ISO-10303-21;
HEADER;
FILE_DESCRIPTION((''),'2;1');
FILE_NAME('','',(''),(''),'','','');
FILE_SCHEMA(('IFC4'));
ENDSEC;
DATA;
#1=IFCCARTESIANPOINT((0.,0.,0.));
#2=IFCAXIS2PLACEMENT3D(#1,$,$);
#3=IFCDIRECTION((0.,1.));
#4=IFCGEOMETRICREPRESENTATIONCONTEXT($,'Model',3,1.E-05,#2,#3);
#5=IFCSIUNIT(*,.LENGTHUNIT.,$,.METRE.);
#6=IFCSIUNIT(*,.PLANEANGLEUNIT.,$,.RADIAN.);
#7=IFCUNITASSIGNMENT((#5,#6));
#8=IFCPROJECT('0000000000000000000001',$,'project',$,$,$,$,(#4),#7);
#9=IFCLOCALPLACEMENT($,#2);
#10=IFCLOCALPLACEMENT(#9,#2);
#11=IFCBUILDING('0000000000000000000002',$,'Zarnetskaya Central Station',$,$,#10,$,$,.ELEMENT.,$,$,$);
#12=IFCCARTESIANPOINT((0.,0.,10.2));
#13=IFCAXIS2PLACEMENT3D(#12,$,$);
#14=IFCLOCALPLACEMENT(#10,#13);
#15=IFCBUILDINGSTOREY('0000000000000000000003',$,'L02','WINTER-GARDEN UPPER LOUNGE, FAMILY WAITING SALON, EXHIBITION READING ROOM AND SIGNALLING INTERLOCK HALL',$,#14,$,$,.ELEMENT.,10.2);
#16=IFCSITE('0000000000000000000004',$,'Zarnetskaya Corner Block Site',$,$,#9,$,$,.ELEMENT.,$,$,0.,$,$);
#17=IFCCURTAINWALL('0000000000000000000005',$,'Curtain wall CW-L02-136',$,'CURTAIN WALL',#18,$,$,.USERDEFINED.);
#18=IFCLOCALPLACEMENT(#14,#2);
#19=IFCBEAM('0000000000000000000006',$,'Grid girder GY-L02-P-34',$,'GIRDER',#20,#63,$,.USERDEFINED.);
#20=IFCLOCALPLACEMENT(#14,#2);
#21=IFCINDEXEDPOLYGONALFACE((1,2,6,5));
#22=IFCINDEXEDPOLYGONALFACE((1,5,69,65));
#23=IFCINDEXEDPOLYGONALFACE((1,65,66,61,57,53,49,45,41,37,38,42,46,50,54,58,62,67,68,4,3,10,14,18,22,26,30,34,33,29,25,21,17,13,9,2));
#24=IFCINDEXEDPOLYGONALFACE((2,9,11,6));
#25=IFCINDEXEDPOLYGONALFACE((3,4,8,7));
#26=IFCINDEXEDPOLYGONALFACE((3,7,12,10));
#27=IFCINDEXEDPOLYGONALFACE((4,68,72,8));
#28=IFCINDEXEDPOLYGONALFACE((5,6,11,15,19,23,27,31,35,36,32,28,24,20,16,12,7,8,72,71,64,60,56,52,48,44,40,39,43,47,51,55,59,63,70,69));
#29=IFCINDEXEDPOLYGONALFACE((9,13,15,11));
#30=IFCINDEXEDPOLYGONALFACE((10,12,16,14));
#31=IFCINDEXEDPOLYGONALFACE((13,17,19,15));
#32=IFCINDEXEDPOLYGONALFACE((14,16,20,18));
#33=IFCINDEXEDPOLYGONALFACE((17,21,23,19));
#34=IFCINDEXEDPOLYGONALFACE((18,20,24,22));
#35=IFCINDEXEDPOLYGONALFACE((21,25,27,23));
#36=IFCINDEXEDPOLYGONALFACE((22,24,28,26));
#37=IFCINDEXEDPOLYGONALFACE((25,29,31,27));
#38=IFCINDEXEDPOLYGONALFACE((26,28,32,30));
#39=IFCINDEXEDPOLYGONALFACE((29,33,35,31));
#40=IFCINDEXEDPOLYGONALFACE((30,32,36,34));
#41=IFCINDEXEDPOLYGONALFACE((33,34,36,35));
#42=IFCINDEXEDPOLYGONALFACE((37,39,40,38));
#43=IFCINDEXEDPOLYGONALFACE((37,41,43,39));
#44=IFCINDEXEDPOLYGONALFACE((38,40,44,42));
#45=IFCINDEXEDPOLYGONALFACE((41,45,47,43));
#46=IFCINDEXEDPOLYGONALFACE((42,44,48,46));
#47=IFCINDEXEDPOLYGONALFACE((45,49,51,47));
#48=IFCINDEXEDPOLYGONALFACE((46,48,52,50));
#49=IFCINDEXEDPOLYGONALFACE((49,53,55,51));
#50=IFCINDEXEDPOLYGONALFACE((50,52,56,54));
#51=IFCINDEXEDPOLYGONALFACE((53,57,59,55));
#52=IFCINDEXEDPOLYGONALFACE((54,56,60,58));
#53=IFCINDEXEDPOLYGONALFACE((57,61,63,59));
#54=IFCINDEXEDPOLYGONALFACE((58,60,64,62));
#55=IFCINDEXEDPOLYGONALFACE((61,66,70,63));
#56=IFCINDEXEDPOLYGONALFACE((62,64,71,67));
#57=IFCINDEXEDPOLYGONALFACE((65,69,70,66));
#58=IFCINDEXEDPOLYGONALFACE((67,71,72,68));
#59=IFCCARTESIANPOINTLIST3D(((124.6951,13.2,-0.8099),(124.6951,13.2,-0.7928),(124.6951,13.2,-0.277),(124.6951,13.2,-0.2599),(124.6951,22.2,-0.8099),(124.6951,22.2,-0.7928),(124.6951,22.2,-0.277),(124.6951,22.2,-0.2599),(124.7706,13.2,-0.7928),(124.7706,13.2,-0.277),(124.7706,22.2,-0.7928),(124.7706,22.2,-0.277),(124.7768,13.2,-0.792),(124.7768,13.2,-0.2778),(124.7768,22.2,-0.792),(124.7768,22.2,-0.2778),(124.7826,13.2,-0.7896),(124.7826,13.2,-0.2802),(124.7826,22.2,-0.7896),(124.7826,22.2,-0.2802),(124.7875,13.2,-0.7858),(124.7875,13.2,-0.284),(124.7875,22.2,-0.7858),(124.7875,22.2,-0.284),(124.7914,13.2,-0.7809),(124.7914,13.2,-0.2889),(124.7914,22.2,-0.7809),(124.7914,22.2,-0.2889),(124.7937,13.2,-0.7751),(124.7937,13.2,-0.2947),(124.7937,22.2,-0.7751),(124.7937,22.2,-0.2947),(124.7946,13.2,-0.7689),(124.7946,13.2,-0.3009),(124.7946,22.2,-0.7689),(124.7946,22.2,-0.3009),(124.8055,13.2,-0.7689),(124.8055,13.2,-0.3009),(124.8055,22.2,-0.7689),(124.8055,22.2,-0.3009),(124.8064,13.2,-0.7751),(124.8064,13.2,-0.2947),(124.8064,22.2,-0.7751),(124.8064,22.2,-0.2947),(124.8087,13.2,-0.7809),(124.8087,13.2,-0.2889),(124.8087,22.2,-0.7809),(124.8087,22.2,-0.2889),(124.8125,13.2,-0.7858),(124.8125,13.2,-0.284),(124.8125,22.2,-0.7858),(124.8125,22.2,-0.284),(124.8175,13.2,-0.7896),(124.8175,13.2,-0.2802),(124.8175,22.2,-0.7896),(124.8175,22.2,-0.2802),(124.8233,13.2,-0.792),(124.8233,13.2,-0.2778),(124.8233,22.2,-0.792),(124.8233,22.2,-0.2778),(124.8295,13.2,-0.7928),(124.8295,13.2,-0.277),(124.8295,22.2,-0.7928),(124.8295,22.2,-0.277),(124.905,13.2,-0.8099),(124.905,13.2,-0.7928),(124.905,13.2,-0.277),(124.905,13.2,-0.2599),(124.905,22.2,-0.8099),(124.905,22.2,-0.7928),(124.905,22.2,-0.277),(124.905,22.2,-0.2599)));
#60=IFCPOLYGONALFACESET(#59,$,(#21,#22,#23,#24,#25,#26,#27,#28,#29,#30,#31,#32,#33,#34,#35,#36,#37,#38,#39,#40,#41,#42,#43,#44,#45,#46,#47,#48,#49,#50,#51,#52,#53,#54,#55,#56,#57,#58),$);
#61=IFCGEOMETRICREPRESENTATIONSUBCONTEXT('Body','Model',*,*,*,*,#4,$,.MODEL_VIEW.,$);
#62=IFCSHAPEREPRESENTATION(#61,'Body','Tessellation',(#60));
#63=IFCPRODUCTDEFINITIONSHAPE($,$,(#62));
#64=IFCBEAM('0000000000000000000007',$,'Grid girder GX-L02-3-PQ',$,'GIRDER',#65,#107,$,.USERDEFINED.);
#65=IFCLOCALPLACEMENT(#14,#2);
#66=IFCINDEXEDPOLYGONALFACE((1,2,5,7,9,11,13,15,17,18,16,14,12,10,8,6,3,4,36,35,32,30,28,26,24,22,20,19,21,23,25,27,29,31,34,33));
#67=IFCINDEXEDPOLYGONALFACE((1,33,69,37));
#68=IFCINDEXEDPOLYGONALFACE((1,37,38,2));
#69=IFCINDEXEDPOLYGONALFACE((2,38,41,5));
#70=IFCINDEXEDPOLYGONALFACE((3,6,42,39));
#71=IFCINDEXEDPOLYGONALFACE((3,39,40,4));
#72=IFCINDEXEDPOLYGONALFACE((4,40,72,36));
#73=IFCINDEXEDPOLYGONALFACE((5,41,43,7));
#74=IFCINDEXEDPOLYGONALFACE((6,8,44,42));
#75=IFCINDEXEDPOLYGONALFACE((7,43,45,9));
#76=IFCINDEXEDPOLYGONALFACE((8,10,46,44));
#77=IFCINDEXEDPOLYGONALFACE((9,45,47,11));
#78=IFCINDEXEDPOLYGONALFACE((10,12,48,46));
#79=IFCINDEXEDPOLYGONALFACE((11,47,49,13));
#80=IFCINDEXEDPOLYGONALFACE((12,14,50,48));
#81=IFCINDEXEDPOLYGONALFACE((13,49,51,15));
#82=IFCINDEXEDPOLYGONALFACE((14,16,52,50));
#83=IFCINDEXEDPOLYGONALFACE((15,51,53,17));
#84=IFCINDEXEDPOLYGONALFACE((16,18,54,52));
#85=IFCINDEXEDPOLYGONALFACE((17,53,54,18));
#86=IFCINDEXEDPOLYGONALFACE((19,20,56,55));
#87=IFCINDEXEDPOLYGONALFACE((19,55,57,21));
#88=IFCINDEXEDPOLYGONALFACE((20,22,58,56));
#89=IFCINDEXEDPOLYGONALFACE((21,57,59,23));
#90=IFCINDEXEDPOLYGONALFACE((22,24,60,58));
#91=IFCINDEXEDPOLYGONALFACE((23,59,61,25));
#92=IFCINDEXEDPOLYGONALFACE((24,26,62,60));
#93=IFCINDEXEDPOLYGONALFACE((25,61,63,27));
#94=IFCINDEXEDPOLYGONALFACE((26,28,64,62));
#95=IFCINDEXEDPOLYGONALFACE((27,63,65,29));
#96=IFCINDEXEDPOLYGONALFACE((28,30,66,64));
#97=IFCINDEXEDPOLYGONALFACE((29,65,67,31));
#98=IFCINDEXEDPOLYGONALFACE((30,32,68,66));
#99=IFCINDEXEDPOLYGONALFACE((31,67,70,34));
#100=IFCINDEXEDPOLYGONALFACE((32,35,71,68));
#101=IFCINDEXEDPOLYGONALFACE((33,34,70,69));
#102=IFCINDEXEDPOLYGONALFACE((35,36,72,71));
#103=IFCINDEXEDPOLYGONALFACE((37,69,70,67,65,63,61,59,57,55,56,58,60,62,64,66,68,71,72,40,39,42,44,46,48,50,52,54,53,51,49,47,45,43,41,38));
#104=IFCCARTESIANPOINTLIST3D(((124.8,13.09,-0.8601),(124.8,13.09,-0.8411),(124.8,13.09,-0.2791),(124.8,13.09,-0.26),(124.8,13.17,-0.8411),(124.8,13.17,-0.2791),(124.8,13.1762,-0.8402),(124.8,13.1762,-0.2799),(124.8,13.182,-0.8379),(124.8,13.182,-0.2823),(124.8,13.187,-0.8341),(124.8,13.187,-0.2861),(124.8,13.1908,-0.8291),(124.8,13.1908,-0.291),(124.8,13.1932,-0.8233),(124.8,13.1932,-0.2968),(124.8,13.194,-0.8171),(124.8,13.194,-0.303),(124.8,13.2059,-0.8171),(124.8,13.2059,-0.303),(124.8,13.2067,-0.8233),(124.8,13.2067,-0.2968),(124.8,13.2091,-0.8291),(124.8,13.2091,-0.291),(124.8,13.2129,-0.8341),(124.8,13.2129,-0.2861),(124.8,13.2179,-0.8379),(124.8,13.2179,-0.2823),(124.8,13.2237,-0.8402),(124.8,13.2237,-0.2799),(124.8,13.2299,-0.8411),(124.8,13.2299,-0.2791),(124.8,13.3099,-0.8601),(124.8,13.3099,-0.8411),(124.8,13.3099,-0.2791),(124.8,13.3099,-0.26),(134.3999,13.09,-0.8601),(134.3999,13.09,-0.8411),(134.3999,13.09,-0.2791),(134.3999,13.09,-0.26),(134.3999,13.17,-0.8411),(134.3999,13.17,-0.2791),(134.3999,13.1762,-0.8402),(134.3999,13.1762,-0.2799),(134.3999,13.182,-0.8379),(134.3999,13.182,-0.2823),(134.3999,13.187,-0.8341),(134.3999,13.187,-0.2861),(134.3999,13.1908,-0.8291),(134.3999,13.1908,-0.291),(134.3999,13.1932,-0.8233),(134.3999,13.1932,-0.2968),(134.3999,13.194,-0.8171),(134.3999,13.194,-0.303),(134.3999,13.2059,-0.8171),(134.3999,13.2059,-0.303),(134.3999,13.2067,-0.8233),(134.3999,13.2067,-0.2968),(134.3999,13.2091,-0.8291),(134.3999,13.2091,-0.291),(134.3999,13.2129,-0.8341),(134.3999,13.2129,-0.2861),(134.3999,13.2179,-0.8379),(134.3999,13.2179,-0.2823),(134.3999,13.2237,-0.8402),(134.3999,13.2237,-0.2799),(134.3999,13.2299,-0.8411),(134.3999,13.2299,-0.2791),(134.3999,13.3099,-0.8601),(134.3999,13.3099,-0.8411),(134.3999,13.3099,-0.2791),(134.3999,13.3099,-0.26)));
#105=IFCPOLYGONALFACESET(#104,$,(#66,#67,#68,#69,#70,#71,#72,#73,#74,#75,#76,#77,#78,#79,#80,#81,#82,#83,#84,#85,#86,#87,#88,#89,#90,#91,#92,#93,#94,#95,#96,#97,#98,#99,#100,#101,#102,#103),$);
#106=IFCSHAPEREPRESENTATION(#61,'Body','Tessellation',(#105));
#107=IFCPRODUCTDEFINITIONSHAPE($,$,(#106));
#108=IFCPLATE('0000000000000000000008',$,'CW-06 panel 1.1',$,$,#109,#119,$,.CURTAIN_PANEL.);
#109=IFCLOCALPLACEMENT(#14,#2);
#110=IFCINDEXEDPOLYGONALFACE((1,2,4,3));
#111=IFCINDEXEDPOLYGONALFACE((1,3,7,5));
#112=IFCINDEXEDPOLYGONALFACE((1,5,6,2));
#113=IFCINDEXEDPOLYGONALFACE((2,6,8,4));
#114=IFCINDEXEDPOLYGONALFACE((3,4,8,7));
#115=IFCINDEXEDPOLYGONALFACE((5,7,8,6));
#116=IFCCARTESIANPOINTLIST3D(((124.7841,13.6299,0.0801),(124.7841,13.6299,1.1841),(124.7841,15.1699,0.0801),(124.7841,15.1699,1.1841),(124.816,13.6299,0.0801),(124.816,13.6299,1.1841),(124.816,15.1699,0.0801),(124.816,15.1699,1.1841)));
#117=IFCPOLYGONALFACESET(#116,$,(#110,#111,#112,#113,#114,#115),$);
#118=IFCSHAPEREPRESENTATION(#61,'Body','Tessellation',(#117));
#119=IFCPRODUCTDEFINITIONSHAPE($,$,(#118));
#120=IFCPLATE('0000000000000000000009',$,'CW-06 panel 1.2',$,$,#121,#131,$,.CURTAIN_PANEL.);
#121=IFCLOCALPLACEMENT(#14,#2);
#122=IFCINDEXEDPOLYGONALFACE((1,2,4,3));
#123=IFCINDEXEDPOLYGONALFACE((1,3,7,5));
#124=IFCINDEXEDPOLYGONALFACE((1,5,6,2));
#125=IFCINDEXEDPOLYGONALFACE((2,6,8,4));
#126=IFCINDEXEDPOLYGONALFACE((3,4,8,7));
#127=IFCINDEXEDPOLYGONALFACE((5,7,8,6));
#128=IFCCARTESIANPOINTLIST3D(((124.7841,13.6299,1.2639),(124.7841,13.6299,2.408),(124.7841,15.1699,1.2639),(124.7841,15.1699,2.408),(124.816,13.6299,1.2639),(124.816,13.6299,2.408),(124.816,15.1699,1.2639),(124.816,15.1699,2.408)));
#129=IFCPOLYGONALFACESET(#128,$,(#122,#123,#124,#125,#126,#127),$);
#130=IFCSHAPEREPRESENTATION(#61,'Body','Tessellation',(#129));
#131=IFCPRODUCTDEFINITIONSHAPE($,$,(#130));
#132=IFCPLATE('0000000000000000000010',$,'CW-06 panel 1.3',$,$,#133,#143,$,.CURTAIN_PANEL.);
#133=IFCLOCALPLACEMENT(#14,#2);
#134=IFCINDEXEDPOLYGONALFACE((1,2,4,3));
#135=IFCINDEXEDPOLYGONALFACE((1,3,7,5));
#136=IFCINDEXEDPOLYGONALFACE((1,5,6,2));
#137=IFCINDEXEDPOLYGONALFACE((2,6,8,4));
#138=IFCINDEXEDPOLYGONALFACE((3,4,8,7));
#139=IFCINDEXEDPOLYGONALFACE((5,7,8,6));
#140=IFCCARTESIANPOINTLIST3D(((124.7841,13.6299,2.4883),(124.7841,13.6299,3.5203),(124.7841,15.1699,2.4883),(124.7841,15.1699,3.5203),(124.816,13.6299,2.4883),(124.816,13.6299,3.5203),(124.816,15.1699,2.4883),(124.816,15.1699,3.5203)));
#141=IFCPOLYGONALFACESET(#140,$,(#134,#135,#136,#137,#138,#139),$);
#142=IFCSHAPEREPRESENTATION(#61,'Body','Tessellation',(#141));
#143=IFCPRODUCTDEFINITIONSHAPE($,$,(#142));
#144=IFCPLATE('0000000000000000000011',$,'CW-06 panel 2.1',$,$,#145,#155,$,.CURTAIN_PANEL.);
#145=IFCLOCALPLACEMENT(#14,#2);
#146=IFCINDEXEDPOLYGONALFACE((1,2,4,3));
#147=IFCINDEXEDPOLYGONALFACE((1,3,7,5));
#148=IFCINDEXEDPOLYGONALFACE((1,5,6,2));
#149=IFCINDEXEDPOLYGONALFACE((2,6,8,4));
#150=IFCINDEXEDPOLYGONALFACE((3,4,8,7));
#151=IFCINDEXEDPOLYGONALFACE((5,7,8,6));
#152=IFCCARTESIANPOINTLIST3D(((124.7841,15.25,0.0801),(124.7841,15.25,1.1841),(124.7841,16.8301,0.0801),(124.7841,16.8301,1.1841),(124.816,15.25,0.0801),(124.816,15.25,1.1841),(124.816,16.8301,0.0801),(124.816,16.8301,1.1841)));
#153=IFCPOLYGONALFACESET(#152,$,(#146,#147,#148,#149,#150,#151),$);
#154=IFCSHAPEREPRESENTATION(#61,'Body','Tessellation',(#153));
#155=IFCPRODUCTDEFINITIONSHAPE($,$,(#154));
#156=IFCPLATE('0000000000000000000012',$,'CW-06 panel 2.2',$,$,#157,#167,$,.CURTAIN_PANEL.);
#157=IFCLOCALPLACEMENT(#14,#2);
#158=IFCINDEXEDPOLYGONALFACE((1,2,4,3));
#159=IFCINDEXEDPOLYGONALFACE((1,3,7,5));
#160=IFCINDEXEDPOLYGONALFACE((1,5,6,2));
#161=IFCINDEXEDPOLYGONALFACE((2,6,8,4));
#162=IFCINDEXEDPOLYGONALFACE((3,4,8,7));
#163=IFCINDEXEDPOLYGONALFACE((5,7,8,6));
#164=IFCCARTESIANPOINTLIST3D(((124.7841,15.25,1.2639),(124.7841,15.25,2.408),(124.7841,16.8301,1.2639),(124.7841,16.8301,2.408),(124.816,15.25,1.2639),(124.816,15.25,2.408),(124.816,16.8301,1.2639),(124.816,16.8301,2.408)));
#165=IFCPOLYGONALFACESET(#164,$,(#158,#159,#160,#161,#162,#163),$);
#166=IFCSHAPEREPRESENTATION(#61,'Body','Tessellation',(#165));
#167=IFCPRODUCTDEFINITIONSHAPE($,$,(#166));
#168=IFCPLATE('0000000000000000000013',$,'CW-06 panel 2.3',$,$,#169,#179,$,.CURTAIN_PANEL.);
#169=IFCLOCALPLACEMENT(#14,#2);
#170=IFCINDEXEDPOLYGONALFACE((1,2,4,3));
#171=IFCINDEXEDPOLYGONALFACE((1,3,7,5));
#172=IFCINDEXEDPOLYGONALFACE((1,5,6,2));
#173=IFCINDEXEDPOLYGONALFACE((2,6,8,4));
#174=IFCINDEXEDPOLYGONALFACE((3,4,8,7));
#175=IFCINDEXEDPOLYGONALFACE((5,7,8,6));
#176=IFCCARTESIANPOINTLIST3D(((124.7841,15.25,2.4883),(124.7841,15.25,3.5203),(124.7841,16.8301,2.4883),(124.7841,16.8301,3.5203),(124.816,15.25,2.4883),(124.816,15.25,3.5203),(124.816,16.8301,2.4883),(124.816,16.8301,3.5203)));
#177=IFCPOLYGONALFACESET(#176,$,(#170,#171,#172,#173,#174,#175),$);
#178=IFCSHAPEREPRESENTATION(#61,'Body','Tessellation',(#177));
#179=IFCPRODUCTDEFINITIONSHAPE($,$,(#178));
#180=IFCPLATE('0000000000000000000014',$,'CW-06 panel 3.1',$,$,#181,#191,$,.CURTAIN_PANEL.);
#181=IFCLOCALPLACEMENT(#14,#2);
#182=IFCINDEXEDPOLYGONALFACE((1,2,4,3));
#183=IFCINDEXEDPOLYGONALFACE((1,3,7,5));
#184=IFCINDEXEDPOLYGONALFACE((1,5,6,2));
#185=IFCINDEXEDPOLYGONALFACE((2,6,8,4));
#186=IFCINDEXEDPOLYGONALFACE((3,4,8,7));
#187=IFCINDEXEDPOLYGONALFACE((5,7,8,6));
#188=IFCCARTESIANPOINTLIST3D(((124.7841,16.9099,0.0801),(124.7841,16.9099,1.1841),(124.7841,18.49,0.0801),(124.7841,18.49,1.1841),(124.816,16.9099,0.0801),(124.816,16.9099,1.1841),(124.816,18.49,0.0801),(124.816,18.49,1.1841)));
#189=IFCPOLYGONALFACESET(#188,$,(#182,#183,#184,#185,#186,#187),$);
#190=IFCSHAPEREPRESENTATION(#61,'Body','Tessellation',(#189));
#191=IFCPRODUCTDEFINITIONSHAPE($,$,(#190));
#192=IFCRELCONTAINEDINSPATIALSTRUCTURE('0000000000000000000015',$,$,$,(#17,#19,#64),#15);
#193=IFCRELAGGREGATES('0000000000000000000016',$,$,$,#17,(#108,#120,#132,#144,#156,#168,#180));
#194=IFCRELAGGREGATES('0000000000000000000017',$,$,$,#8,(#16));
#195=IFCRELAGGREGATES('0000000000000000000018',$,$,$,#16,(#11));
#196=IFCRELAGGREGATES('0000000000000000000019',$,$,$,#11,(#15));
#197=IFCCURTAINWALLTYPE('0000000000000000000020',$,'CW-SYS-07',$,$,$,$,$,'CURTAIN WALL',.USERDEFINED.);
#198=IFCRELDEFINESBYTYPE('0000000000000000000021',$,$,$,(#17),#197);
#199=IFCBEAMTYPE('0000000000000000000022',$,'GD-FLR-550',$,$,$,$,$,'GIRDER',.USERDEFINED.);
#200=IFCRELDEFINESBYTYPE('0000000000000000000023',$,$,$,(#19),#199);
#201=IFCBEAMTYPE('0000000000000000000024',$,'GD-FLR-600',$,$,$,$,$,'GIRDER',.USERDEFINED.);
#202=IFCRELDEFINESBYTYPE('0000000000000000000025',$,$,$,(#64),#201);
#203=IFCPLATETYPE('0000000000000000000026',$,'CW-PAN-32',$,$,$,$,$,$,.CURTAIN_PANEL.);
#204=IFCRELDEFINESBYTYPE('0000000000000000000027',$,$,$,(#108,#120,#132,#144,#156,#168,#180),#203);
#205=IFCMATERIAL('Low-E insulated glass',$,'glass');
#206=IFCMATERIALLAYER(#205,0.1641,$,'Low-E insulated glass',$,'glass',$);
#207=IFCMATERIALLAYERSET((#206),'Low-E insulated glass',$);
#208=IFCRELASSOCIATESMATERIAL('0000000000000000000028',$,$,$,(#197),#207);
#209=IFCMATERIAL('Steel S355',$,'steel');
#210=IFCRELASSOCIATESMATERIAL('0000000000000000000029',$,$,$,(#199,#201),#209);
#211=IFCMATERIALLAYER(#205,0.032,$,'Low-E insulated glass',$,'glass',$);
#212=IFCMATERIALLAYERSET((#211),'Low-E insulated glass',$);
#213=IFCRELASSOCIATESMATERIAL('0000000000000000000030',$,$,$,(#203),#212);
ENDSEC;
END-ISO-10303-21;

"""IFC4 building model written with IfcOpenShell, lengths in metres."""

from ifc_helpers import new_model, si_unit, direction, frame, origin, origin_2d, place, context, subcontext, project, spatial, rectangle, i_section, extrude, material, layer, layer_set, material_profile, profile_set, type_object, element, aggregate, save


model = new_model("IFC4")

# Units and contexts
model_context = context("Model", 3, precision=1e-05, world=origin(), true_north=direction((0.0, 1.0)))
body_context = subcontext(model_context, "Body", "Model", "MODEL_VIEW")
ifc_project = project(units=[si_unit("LENGTHUNIT", "METRE"), si_unit("PLANEANGLEUNIT", "RADIAN")], contexts=[model_context])

# Site, building, storey
site_placement = place(None, origin())
site = spatial("IfcSite", under=ifc_project, at=site_placement, Name="Zarnetskaya Corner Block Site", CompositionType="ELEMENT", RefElevation=0.0)
building_placement = place(site_placement, origin())
building = spatial("IfcBuilding", under=site, at=building_placement, Name="Zarnetskaya Central Station", CompositionType="ELEMENT")
storey_placement = place(building_placement, frame((0.0, 0.0, 10.2)))
storey = spatial("IfcBuildingStorey", under=building, at=storey_placement, Name="L02", Description="WINTER-GARDEN UPPER LOUNGE, FAMILY WAITING SALON, EXHIBITION READING ROOM AND SIGNALLING INTERLOCK HALL", CompositionType="ELEMENT", Elevation=10.2)

# Curtain wall
ifc_material_1 = material(Name="Low-E insulated glass", Category="glass")
ifc_layer_1 = layer(ifc_material_1, 0.1641, Name="Low-E insulated glass", Category="glass")
ifc_layer_set_1 = layer_set([ifc_layer_1], Name="Low-E insulated glass")
curtain_wall_type = type_object("IfcCurtainWallType", Name="CW-SYS-07", ElementType="CURTAIN WALL", PredefinedType="USERDEFINED", material=ifc_layer_set_1)
curtain_wall_placement = place(storey_placement, origin())
curtain_wall = element("IfcCurtainWall", 1, at=curtain_wall_placement, inside=storey, type_object=curtain_wall_type, Name="Curtain wall CW-L02-136", ObjectType="CURTAIN WALL", PredefinedType="USERDEFINED")

# Beams
ifc_material_2 = material(Name="Steel S355", Category="steel")
ifc_material_profile_1 = material_profile(ifc_material_2, i_section(OverallWidth=0.21, OverallDepth=0.55, WebThickness=0.011, FlangeThickness=0.0171, FilletRadius=0.0239, at=origin_2d()), Name="IPE 550")
ifc_profile_set_1 = profile_set([ifc_material_profile_1], Name="Steel S355")
beam_type_1 = type_object("IfcBeamType", Name="GD-FLR-550", ElementType="GIRDER", PredefinedType="USERDEFINED", material=ifc_profile_set_1)
beam_1_placement = place(storey_placement, frame((124.8, 13.2, -0.5349), z_axis=(0.0, 1.0, 0.0), x_axis=(-1.0, 0.0, 0.0)))
element("IfcBeam", 2, at=beam_1_placement, inside=storey, type_object=beam_type_1, Name="Grid girder GY-L02-P-34", ObjectType="GIRDER", PredefinedType="USERDEFINED", context=body_context, shape_type="SweptSolid", body=[
    extrude(i_section(OverallWidth=0.21, OverallDepth=0.55, WebThickness=0.011, FlangeThickness=0.0171, FilletRadius=0.0239, at=origin_2d()), origin(), (0.0, 0.0, 1.0), 9.0),
])
ifc_material_profile_2 = material_profile(ifc_material_2, i_section(OverallWidth=0.22, OverallDepth=0.6001, WebThickness=0.012, FlangeThickness=0.019, FilletRadius=0.0239, at=origin_2d()), Name="IPE 600")
ifc_profile_set_2 = profile_set([ifc_material_profile_2], Name="Steel S355")
beam_type_2 = type_object("IfcBeamType", Name="GD-FLR-600", ElementType="GIRDER", PredefinedType="USERDEFINED", material=ifc_profile_set_2)
beam_2_placement = place(storey_placement, frame((124.8, 13.2, -0.5601), z_axis=(1.0, 0.0, 0.0), x_axis=(0.0, 1.0, 0.0)))
element("IfcBeam", 3, at=beam_2_placement, inside=storey, type_object=beam_type_2, Name="Grid girder GX-L02-3-PQ", ObjectType="GIRDER", PredefinedType="USERDEFINED", context=body_context, shape_type="SweptSolid", body=[
    extrude(i_section(OverallWidth=0.22, OverallDepth=0.6001, WebThickness=0.012, FlangeThickness=0.019, FilletRadius=0.0239, at=origin_2d()), origin(), (0.0, 0.0, 1.0), 9.5999),
])

# Plates
ifc_layer_2 = layer(ifc_material_1, 0.032, Name="Low-E insulated glass", Category="glass")
ifc_layer_set_2 = layer_set([ifc_layer_2], Name="Low-E insulated glass")
plate_type_1 = type_object("IfcPlateType", Name="CW-PAN-32", PredefinedType="CURTAIN_PANEL", material=ifc_layer_set_2)
plate_1_placement = place(storey_placement, frame((124.8, 14.3999, 0.0801), z_axis=(0.0, 0.0, 1.0), x_axis=(0.0, 1.0, 0.0)))
plate_1 = element("IfcPlate", 4, at=plate_1_placement, type_object=plate_type_1, Name="CW-06 panel 1.1", PredefinedType="CURTAIN_PANEL", context=body_context, shape_type="SweptSolid", body=[
    extrude(rectangle(XDim=1.54, YDim=0.032, at=origin_2d()), origin(), (0.0, 0.0, 1.0), 1.104),
])
plate_2_placement = place(storey_placement, frame((124.8, 14.3999, 1.2639), z_axis=(0.0, 0.0, 1.0), x_axis=(0.0, 1.0, 0.0)))
plate_2 = element("IfcPlate", 5, at=plate_2_placement, type_object=plate_type_1, Name="CW-06 panel 1.2", PredefinedType="CURTAIN_PANEL", context=body_context, shape_type="SweptSolid", body=[
    extrude(rectangle(XDim=1.54, YDim=0.032, at=origin_2d()), origin(), (0.0, 0.0, 1.0), 1.144),
])
plate_3_placement = place(storey_placement, frame((124.8, 14.3999, 2.4883), z_axis=(0.0, 0.0, 1.0), x_axis=(0.0, 1.0, 0.0)))
plate_3 = element("IfcPlate", 6, at=plate_3_placement, type_object=plate_type_1, Name="CW-06 panel 1.3", PredefinedType="CURTAIN_PANEL", context=body_context, shape_type="SweptSolid", body=[
    extrude(rectangle(XDim=1.54, YDim=0.032, at=origin_2d()), origin(), (0.0, 0.0, 1.0), 1.032),
])
plate_4_placement = place(storey_placement, frame((124.8, 16.04, 0.0801), z_axis=(0.0, 0.0, 1.0), x_axis=(0.0, 1.0, 0.0)))
plate_4 = element("IfcPlate", 7, at=plate_4_placement, type_object=plate_type_1, Name="CW-06 panel 2.1", PredefinedType="CURTAIN_PANEL", context=body_context, shape_type="SweptSolid", body=[
    extrude(rectangle(XDim=1.5801, YDim=0.032, at=origin_2d()), origin(), (0.0, 0.0, 1.0), 1.104),
])
plate_5_placement = place(storey_placement, frame((124.8, 16.04, 1.2639), z_axis=(0.0, 0.0, 1.0), x_axis=(0.0, 1.0, 0.0)))
plate_5 = element("IfcPlate", 8, at=plate_5_placement, type_object=plate_type_1, Name="CW-06 panel 2.2", PredefinedType="CURTAIN_PANEL", context=body_context, shape_type="SweptSolid", body=[
    extrude(rectangle(XDim=1.5801, YDim=0.032, at=origin_2d()), origin(), (0.0, 0.0, 1.0), 1.144),
])
plate_6_placement = place(storey_placement, frame((124.8, 16.04, 2.4883), z_axis=(0.0, 0.0, 1.0), x_axis=(0.0, 1.0, 0.0)))
plate_6 = element("IfcPlate", 9, at=plate_6_placement, type_object=plate_type_1, Name="CW-06 panel 2.3", PredefinedType="CURTAIN_PANEL", context=body_context, shape_type="SweptSolid", body=[
    extrude(rectangle(XDim=1.5801, YDim=0.032, at=origin_2d()), origin(), (0.0, 0.0, 1.0), 1.032),
])
plate_7_placement = place(storey_placement, frame((124.8, 17.7, 0.0801), z_axis=(0.0, 0.0, 1.0), x_axis=(0.0, 1.0, 0.0)))
plate_7 = element("IfcPlate", 10, at=plate_7_placement, type_object=plate_type_1, Name="CW-06 panel 3.1", PredefinedType="CURTAIN_PANEL", context=body_context, shape_type="SweptSolid", body=[
    extrude(rectangle(XDim=1.5801, YDim=0.032, at=origin_2d()), origin(), (0.0, 0.0, 1.0), 1.104),
])
aggregate(curtain_wall, [plate_1, plate_2, plate_3, plate_4, plate_5, plate_6, plate_7])

save(model, "model.ifc")
